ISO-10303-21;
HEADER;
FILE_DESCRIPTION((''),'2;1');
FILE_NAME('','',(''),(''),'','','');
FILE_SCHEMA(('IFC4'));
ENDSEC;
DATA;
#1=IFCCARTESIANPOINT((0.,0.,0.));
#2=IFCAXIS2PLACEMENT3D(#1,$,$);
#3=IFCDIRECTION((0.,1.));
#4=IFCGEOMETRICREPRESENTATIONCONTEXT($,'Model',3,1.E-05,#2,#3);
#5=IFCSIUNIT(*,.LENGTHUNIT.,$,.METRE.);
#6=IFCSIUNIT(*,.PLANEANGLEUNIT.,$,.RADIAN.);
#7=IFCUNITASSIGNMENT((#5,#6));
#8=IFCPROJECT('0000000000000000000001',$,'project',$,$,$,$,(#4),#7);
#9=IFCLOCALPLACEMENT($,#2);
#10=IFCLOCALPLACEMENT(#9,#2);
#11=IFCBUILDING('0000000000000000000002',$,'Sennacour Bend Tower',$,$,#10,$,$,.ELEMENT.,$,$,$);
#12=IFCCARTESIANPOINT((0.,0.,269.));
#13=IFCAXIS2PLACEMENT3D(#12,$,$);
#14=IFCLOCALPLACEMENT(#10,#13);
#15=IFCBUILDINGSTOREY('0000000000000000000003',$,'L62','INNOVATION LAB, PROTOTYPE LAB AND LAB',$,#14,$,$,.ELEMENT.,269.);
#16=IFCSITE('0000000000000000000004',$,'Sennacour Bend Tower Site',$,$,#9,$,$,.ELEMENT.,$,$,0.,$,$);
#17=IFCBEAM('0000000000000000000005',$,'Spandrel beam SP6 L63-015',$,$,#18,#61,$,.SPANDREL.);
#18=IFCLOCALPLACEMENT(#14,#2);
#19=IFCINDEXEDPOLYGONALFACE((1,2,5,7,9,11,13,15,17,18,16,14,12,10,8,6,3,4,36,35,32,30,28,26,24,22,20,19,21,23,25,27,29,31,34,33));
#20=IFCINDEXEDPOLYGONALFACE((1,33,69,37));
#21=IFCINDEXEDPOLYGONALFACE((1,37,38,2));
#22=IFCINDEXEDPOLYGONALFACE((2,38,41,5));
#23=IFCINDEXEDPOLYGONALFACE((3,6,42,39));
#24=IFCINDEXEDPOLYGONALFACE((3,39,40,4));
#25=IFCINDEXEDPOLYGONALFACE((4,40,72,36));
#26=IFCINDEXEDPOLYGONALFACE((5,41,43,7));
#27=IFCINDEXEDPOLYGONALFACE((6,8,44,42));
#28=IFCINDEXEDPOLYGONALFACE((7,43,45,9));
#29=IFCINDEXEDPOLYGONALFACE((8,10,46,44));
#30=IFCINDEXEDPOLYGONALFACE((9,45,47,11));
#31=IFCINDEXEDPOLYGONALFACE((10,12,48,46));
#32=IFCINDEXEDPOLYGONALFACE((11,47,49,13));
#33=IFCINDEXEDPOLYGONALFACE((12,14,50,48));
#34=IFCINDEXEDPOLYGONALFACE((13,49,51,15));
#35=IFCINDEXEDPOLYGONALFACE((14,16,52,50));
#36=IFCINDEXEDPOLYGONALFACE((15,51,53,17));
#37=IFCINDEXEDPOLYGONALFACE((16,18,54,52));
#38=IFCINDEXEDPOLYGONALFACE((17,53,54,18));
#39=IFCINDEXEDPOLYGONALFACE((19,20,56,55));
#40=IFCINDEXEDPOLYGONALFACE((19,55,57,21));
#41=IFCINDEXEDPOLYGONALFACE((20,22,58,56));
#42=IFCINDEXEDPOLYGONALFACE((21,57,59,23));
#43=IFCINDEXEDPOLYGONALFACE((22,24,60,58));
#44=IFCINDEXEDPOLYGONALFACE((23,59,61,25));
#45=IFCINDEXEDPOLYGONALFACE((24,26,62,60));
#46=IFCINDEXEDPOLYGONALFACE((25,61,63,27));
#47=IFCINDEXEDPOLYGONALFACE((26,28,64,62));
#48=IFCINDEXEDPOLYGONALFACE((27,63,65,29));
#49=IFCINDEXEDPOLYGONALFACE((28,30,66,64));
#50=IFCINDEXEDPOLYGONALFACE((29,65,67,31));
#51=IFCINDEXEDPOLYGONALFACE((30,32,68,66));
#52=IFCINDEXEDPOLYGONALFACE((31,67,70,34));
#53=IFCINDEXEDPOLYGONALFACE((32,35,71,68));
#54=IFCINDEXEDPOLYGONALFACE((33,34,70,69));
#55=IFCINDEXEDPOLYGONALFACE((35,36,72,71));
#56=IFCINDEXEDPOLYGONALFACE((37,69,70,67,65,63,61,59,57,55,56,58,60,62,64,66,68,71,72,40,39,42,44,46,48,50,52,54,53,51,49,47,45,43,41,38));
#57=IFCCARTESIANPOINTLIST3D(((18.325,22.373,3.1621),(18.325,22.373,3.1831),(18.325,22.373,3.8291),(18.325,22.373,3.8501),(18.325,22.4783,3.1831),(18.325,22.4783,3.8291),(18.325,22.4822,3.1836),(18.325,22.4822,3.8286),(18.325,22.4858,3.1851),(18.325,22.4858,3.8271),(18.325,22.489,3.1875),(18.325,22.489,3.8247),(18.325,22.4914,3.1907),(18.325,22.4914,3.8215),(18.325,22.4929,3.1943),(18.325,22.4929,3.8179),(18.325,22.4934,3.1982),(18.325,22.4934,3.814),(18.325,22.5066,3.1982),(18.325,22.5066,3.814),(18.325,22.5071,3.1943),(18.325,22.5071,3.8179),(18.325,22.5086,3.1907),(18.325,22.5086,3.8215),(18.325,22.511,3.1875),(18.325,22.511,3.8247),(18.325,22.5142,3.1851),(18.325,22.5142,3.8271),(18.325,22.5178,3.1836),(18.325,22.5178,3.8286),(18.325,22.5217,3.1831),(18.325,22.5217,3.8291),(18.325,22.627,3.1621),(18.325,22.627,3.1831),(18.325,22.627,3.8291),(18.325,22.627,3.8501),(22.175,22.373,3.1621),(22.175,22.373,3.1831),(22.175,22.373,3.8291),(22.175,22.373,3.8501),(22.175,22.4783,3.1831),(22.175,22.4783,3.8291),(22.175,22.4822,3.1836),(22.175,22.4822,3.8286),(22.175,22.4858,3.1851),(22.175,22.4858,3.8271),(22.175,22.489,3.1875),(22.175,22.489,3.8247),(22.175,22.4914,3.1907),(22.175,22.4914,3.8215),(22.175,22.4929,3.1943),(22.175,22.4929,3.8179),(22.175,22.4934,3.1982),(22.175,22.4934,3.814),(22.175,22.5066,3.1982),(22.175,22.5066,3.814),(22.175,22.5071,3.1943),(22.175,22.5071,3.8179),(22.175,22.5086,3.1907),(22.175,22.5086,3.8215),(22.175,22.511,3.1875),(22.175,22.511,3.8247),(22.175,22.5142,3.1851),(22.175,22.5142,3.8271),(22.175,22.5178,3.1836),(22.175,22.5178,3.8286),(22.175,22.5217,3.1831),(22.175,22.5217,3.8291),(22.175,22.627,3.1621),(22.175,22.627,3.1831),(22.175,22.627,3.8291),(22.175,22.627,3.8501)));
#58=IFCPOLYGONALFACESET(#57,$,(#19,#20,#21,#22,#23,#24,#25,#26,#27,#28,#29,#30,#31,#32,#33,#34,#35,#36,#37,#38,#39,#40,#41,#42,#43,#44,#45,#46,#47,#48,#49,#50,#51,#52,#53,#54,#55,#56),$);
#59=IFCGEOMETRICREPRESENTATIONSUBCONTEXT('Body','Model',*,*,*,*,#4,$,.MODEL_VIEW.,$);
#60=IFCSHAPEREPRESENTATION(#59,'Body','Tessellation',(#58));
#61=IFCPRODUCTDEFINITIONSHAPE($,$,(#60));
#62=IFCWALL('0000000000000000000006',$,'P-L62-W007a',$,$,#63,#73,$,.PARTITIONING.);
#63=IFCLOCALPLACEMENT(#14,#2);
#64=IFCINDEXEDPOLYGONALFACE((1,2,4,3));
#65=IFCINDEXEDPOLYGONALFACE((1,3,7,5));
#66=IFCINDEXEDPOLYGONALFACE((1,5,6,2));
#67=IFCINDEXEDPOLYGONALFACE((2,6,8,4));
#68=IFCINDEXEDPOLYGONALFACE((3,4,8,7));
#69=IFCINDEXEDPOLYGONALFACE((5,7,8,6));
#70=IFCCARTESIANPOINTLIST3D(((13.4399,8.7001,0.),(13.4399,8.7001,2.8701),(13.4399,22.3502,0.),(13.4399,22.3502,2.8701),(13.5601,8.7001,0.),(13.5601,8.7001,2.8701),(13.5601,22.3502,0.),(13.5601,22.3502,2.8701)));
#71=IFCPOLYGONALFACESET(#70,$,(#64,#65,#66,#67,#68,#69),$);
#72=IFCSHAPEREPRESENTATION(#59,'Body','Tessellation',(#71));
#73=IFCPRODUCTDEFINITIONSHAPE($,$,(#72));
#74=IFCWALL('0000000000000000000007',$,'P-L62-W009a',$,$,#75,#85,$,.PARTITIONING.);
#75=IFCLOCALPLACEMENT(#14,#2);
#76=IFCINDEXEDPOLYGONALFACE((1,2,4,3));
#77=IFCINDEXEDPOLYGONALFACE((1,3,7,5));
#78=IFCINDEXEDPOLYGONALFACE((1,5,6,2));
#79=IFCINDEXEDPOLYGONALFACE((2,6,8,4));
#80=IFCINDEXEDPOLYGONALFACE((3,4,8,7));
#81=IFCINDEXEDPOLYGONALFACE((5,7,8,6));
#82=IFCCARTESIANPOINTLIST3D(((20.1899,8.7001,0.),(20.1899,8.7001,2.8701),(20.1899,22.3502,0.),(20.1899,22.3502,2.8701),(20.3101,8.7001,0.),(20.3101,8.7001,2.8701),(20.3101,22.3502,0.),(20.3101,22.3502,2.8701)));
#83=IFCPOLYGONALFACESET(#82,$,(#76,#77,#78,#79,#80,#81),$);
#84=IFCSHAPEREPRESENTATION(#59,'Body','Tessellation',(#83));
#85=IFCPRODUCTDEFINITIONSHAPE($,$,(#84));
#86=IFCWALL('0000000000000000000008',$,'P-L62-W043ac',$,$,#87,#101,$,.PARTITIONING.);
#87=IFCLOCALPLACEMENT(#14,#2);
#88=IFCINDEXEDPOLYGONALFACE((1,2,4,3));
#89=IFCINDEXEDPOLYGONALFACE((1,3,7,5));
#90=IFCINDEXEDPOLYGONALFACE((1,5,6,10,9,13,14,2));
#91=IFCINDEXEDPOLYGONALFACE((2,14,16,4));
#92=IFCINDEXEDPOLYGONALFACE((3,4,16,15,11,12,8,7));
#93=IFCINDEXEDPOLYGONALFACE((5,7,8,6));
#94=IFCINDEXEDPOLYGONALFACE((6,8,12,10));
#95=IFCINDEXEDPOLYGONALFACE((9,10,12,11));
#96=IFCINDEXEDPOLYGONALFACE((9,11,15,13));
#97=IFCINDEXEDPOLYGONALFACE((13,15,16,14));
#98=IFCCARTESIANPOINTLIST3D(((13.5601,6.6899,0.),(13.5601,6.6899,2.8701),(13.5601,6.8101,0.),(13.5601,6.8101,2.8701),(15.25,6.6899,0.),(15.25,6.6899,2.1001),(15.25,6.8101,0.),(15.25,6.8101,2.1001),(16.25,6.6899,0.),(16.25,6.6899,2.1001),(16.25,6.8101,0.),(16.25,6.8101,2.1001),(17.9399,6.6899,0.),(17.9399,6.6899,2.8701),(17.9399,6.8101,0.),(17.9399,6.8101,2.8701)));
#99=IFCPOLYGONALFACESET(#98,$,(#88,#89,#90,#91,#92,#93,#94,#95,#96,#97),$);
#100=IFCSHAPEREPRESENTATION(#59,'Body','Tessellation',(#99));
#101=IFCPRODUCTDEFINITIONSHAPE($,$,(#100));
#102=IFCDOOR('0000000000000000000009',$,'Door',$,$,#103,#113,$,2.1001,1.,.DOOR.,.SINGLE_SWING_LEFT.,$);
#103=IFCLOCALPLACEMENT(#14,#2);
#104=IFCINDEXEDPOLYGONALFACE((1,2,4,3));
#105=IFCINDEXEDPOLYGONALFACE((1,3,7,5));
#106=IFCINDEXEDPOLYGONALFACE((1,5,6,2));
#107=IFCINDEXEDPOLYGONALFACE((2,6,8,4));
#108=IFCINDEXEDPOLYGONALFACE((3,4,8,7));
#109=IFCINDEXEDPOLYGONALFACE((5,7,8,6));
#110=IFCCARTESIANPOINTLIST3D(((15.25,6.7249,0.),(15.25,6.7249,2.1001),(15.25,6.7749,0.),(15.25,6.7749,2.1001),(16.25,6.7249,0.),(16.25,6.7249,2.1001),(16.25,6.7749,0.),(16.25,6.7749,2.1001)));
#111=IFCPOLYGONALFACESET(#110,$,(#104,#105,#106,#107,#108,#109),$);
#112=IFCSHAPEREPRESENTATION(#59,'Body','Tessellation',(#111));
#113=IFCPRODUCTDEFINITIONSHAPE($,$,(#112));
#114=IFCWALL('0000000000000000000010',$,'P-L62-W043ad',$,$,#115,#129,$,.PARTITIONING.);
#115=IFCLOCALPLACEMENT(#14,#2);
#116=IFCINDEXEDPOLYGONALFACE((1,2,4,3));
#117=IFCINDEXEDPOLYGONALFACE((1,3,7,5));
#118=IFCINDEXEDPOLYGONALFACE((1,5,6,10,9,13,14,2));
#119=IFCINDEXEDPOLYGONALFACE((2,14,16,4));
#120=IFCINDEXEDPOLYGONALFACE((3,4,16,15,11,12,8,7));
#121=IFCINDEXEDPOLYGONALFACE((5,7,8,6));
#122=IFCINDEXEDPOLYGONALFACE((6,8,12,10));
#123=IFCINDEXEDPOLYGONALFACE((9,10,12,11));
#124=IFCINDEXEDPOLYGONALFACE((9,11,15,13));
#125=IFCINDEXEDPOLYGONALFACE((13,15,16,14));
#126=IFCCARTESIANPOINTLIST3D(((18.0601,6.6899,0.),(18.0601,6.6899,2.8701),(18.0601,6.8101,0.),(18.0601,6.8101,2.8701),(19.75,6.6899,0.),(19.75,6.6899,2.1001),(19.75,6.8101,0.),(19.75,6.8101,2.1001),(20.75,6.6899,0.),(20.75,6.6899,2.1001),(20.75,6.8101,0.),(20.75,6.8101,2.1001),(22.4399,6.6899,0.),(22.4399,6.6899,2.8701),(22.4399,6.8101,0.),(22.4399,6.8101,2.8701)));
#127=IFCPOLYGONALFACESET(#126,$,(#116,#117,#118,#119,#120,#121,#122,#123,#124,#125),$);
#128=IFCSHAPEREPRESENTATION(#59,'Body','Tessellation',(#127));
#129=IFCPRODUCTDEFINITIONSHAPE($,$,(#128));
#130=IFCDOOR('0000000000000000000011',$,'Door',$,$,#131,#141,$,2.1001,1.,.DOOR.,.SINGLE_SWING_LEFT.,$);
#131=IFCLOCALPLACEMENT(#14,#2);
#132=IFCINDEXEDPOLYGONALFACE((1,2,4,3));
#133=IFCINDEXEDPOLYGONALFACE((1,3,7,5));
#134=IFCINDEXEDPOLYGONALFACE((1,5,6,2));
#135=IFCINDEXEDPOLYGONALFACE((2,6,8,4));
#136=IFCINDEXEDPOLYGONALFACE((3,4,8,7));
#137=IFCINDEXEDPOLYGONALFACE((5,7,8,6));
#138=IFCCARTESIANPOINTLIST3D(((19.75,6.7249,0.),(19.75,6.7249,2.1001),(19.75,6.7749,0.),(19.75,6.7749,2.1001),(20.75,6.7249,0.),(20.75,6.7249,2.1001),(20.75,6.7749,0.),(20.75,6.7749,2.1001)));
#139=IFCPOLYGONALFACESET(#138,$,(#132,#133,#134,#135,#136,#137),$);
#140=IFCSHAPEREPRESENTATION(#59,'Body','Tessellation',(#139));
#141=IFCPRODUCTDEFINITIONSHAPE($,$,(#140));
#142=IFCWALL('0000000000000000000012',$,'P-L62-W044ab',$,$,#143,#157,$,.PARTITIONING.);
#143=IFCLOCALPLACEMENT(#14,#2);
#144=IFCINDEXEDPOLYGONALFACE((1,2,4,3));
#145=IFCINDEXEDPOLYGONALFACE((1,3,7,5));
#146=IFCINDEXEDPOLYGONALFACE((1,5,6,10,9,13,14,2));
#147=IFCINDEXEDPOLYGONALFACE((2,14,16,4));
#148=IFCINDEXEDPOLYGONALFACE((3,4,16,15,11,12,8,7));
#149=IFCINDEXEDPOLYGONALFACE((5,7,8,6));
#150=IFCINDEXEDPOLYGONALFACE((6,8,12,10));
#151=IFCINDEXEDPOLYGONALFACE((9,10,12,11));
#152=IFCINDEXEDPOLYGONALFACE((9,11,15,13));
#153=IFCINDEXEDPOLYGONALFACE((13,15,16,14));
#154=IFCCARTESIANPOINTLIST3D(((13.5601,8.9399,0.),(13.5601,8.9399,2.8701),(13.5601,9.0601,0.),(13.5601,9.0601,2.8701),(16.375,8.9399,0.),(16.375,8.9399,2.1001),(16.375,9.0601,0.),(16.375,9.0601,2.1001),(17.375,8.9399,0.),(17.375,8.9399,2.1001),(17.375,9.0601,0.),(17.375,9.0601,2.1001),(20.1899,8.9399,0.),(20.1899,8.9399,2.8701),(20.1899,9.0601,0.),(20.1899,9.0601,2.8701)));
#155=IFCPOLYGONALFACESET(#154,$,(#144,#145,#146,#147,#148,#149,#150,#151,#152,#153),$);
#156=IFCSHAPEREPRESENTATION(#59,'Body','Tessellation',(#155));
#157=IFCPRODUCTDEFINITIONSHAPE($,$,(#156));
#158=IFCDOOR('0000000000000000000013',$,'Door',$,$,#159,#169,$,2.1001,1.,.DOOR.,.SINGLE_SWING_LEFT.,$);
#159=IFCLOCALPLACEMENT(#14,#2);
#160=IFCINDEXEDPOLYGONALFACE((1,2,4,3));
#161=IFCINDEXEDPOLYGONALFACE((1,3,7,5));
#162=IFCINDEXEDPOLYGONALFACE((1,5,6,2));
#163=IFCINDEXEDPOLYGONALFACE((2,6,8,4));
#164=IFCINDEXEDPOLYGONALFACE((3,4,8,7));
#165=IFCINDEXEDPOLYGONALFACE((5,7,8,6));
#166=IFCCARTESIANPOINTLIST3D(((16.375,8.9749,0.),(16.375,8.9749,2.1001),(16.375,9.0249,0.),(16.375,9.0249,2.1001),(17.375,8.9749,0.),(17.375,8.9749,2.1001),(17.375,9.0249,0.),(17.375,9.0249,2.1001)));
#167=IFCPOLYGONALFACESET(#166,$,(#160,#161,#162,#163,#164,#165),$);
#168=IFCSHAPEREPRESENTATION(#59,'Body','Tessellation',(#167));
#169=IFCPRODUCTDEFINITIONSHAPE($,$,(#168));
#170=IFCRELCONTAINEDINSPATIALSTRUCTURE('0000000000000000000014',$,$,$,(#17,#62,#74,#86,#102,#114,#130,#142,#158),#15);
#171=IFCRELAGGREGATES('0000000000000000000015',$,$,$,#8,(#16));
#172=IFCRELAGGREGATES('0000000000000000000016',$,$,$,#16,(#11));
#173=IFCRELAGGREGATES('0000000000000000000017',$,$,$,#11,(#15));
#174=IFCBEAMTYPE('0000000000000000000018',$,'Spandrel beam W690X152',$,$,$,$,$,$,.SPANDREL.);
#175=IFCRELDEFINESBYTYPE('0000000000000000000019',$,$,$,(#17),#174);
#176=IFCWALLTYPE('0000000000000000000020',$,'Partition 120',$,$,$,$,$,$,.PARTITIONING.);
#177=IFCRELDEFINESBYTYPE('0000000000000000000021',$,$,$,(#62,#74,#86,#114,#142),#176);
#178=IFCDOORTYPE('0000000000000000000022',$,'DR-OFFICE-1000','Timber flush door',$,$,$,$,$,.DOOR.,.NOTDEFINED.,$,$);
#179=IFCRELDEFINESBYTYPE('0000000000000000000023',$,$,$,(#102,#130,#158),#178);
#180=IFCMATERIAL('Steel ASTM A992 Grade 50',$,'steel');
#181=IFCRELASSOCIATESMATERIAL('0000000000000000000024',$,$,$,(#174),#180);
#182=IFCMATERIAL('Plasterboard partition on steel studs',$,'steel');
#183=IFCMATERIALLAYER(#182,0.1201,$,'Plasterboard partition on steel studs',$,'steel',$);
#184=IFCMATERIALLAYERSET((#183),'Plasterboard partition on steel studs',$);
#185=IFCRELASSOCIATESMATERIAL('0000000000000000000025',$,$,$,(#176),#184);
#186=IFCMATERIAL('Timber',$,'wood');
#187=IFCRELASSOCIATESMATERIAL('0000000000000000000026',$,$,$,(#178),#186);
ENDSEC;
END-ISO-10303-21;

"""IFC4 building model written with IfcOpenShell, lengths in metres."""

from ifc_helpers import new_model, si_unit, direction, frame, frame_2d, origin, origin_2d, place, context, subcontext, project, spatial, rectangle, i_section, extrude, material, layer, layer_set, material_profile, profile_set, type_object, element, fill, save


model = new_model("IFC4")

# Units and contexts
model_context = context("Model", 3, precision=1e-05, world=origin(), true_north=direction((0.0, 1.0)))
body_context = subcontext(model_context, "Body", "Model", "MODEL_VIEW")
ifc_project = project(units=[si_unit("LENGTHUNIT", "METRE"), si_unit("PLANEANGLEUNIT", "RADIAN")], contexts=[model_context])

# Site, building, storey
site_placement = place(None, origin())
site = spatial("IfcSite", under=ifc_project, at=site_placement, Name="Sennacour Bend Tower Site", CompositionType="ELEMENT", RefElevation=0.0)
building_placement = place(site_placement, origin())
building = spatial("IfcBuilding", under=site, at=building_placement, Name="Sennacour Bend Tower", CompositionType="ELEMENT")
storey_placement = place(building_placement, frame((0.0, 0.0, 269.0)))
storey = spatial("IfcBuildingStorey", under=building, at=storey_placement, Name="L62", Description="INNOVATION LAB, PROTOTYPE LAB AND LAB", CompositionType="ELEMENT", Elevation=269.0)

# Beam
ifc_material_1 = material(Name="Steel ASTM A992 Grade 50", Category="steel")
ifc_material_profile_1 = material_profile(ifc_material_1, i_section(OverallWidth=0.2539, OverallDepth=0.688, WebThickness=0.0132, FlangeThickness=0.021, FilletRadius=0.0151, at=origin_2d()), Name="Steel ASTM A992 Grade 50", Category="steel")
ifc_profile_set_1 = profile_set([ifc_material_profile_1], Name="Steel ASTM A992 Grade 50")
beam_type_1 = type_object("IfcBeamType", Name="Spandrel beam W690X152", PredefinedType="SPANDREL", material=ifc_profile_set_1)
for number, where, z_axis, x_axis, name in (
    (1, (18.325, 22.5, 3.5061), (1.0, 0.0, 0.0), (0.0, 1.0, 0.0), "Spandrel beam SP6 L63-015"),
):
    element("IfcBeam", number, at=place(storey_placement, frame(where, z_axis=z_axis, x_axis=x_axis)), inside=storey, type_object=beam_type_1, Name=name, PredefinedType="SPANDREL", context=body_context, shape_type="SweptSolid", body=[
        extrude(i_section(OverallWidth=0.2539, OverallDepth=0.688, WebThickness=0.0132, FlangeThickness=0.021, FilletRadius=0.0151, at=origin_2d()), origin(), (0.0, 0.0, 1.0), 3.8501),
    ])

# Walls
ifc_material_2 = material(Name="Plasterboard partition on steel studs", Category="steel")
ifc_layer_1 = layer(ifc_material_2, 0.1201, Name="Plasterboard partition on steel studs", Category="steel")
ifc_layer_set_1 = layer_set([ifc_layer_1], Name="Plasterboard partition on steel studs")
wall_type_1 = type_object("IfcWallType", Name="Partition 120", PredefinedType="PARTITIONING", material=ifc_layer_set_1)
for number, where, z_axis, x_axis, name in (
    (2, (13.5, 8.7, 0.0), (0.0, 0.0, 1.0), (0.0, 1.0, 0.0), "P-L62-W007a"),
    (3, (20.25, 8.7, 0.0), (0.0, 0.0, 1.0), (0.0, 1.0, 0.0), "P-L62-W009a"),
):
    element("IfcWall", number, at=place(storey_placement, frame(where, z_axis=z_axis, x_axis=x_axis)), inside=storey, type_object=wall_type_1, Name=name, PredefinedType="PARTITIONING", context=body_context, shape_type="SweptSolid", body=[
        extrude(rectangle(XDim=13.6501, YDim=0.1201, at=frame_2d((6.8252, 0.0))), origin(), (0.0, 0.0, 1.0), 2.8701),
    ])

# Walls, openings, doors
wall_1_placement = place(storey_placement, frame((13.5601, 6.75, 0.0), z_axis=(0.0, 0.0, 1.0), x_axis=(1.0, 0.0, 0.0)))
wall_1 = element("IfcWall", 4, at=wall_1_placement, inside=storey, type_object=wall_type_1, Name="P-L62-W043ac", PredefinedType="PARTITIONING", context=body_context, shape_type="SweptSolid", body=[
    extrude(rectangle(XDim=4.3799, YDim=0.1201, at=frame_2d((2.1899, 0.0))), origin(), (0.0, 0.0, 1.0), 2.8701),
])
opening_1_placement = place(wall_1_placement, frame((1.6899, 0.0, 0.0)))
opening_1 = element("IfcOpeningElement", 5, at=opening_1_placement, cuts=wall_1, PredefinedType="OPENING", context=body_context, shape_type="SweptSolid", body=[
    extrude(rectangle(XDim=1.0, YDim=2.1001, at=frame_2d((0.5, 1.05))), frame((0.0, 0.0701, 0.0), z_axis=(0.0, -1.0, 0.0), x_axis=(1.0, 0.0, 0.0)), (0.0, 0.0, 1.0), 0.1401),
])
ifc_material_3 = material(Name="Timber", Category="wood")
door_type = type_object("IfcDoorType", Name="DR-OFFICE-1000", Description="Timber flush door", OperationType="NOTDEFINED", PredefinedType="DOOR", material=ifc_material_3)
door_1_placement = place(opening_1_placement, origin())
door_1 = element("IfcDoor", 6, at=door_1_placement, inside=storey, type_object=door_type, Name="Door", OperationType="SINGLE_SWING_LEFT", OverallHeight=2.1001, OverallWidth=1.0, PredefinedType="DOOR", context=body_context, shape_type="SweptSolid", body=[
    extrude(rectangle(XDim=1.0, YDim=2.1001, at=frame_2d((0.5, 1.05))), frame((0.0, 0.0249, 0.0), z_axis=(0.0, -1.0, 0.0), x_axis=(1.0, 0.0, 0.0)), (0.0, 0.0, 1.0), 0.05),
])
fill(opening_1, door_1)
wall_2_placement = place(storey_placement, frame((18.0601, 6.75, 0.0), z_axis=(0.0, 0.0, 1.0), x_axis=(1.0, 0.0, 0.0)))
wall_2 = element("IfcWall", 7, at=wall_2_placement, inside=storey, type_object=wall_type_1, Name="P-L62-W043ad", PredefinedType="PARTITIONING", context=body_context, shape_type="SweptSolid", body=[
    extrude(rectangle(XDim=4.3799, YDim=0.1201, at=frame_2d((2.1899, 0.0))), origin(), (0.0, 0.0, 1.0), 2.8701),
])
opening_2_placement = place(wall_2_placement, frame((1.6899, 0.0, 0.0)))
opening_2 = element("IfcOpeningElement", 8, at=opening_2_placement, cuts=wall_2, PredefinedType="OPENING", context=body_context, shape_type="SweptSolid", body=[
    extrude(rectangle(XDim=1.0, YDim=2.1001, at=frame_2d((0.5, 1.05))), frame((0.0, 0.0701, 0.0), z_axis=(0.0, -1.0, 0.0), x_axis=(1.0, 0.0, 0.0)), (0.0, 0.0, 1.0), 0.1401),
])
door_2_placement = place(opening_2_placement, origin())
door_2 = element("IfcDoor", 9, at=door_2_placement, inside=storey, type_object=door_type, Name="Door", OperationType="SINGLE_SWING_LEFT", OverallHeight=2.1001, OverallWidth=1.0, PredefinedType="DOOR", context=body_context, shape_type="SweptSolid", body=[
    extrude(rectangle(XDim=1.0, YDim=2.1001, at=frame_2d((0.5, 1.05))), frame((0.0, 0.0249, 0.0), z_axis=(0.0, -1.0, 0.0), x_axis=(1.0, 0.0, 0.0)), (0.0, 0.0, 1.0), 0.05),
])
fill(opening_2, door_2)
wall_3_placement = place(storey_placement, frame((13.5601, 9.0, 0.0), z_axis=(0.0, 0.0, 1.0), x_axis=(1.0, 0.0, 0.0)))
wall_3 = element("IfcWall", 10, at=wall_3_placement, inside=storey, type_object=wall_type_1, Name="P-L62-W044ab", PredefinedType="PARTITIONING", context=body_context, shape_type="SweptSolid", body=[
    extrude(rectangle(XDim=6.6299, YDim=0.1201, at=frame_2d((3.3149, 0.0))), origin(), (0.0, 0.0, 1.0), 2.8701),
])
opening_3_placement = place(wall_3_placement, frame((2.8149, 0.0, 0.0)))
opening_3 = element("IfcOpeningElement", 11, at=opening_3_placement, cuts=wall_3, PredefinedType="OPENING", context=body_context, shape_type="SweptSolid", body=[
    extrude(rectangle(XDim=1.0, YDim=2.1001, at=frame_2d((0.5, 1.05))), frame((0.0, 0.0701, 0.0), z_axis=(0.0, -1.0, 0.0), x_axis=(1.0, 0.0, 0.0)), (0.0, 0.0, 1.0), 0.1401),
])
door_3_placement = place(opening_3_placement, origin())
door_3 = element("IfcDoor", 12, at=door_3_placement, inside=storey, type_object=door_type, Name="Door", OperationType="SINGLE_SWING_LEFT", OverallHeight=2.1001, OverallWidth=1.0, PredefinedType="DOOR", context=body_context, shape_type="SweptSolid", body=[
    extrude(rectangle(XDim=1.0, YDim=2.1001, at=frame_2d((0.5, 1.05))), frame((0.0, 0.0249, 0.0), z_axis=(0.0, -1.0, 0.0), x_axis=(1.0, 0.0, 0.0)), (0.0, 0.0, 1.0), 0.05),
])
fill(opening_3, door_3)

save(model, "model.ifc")
